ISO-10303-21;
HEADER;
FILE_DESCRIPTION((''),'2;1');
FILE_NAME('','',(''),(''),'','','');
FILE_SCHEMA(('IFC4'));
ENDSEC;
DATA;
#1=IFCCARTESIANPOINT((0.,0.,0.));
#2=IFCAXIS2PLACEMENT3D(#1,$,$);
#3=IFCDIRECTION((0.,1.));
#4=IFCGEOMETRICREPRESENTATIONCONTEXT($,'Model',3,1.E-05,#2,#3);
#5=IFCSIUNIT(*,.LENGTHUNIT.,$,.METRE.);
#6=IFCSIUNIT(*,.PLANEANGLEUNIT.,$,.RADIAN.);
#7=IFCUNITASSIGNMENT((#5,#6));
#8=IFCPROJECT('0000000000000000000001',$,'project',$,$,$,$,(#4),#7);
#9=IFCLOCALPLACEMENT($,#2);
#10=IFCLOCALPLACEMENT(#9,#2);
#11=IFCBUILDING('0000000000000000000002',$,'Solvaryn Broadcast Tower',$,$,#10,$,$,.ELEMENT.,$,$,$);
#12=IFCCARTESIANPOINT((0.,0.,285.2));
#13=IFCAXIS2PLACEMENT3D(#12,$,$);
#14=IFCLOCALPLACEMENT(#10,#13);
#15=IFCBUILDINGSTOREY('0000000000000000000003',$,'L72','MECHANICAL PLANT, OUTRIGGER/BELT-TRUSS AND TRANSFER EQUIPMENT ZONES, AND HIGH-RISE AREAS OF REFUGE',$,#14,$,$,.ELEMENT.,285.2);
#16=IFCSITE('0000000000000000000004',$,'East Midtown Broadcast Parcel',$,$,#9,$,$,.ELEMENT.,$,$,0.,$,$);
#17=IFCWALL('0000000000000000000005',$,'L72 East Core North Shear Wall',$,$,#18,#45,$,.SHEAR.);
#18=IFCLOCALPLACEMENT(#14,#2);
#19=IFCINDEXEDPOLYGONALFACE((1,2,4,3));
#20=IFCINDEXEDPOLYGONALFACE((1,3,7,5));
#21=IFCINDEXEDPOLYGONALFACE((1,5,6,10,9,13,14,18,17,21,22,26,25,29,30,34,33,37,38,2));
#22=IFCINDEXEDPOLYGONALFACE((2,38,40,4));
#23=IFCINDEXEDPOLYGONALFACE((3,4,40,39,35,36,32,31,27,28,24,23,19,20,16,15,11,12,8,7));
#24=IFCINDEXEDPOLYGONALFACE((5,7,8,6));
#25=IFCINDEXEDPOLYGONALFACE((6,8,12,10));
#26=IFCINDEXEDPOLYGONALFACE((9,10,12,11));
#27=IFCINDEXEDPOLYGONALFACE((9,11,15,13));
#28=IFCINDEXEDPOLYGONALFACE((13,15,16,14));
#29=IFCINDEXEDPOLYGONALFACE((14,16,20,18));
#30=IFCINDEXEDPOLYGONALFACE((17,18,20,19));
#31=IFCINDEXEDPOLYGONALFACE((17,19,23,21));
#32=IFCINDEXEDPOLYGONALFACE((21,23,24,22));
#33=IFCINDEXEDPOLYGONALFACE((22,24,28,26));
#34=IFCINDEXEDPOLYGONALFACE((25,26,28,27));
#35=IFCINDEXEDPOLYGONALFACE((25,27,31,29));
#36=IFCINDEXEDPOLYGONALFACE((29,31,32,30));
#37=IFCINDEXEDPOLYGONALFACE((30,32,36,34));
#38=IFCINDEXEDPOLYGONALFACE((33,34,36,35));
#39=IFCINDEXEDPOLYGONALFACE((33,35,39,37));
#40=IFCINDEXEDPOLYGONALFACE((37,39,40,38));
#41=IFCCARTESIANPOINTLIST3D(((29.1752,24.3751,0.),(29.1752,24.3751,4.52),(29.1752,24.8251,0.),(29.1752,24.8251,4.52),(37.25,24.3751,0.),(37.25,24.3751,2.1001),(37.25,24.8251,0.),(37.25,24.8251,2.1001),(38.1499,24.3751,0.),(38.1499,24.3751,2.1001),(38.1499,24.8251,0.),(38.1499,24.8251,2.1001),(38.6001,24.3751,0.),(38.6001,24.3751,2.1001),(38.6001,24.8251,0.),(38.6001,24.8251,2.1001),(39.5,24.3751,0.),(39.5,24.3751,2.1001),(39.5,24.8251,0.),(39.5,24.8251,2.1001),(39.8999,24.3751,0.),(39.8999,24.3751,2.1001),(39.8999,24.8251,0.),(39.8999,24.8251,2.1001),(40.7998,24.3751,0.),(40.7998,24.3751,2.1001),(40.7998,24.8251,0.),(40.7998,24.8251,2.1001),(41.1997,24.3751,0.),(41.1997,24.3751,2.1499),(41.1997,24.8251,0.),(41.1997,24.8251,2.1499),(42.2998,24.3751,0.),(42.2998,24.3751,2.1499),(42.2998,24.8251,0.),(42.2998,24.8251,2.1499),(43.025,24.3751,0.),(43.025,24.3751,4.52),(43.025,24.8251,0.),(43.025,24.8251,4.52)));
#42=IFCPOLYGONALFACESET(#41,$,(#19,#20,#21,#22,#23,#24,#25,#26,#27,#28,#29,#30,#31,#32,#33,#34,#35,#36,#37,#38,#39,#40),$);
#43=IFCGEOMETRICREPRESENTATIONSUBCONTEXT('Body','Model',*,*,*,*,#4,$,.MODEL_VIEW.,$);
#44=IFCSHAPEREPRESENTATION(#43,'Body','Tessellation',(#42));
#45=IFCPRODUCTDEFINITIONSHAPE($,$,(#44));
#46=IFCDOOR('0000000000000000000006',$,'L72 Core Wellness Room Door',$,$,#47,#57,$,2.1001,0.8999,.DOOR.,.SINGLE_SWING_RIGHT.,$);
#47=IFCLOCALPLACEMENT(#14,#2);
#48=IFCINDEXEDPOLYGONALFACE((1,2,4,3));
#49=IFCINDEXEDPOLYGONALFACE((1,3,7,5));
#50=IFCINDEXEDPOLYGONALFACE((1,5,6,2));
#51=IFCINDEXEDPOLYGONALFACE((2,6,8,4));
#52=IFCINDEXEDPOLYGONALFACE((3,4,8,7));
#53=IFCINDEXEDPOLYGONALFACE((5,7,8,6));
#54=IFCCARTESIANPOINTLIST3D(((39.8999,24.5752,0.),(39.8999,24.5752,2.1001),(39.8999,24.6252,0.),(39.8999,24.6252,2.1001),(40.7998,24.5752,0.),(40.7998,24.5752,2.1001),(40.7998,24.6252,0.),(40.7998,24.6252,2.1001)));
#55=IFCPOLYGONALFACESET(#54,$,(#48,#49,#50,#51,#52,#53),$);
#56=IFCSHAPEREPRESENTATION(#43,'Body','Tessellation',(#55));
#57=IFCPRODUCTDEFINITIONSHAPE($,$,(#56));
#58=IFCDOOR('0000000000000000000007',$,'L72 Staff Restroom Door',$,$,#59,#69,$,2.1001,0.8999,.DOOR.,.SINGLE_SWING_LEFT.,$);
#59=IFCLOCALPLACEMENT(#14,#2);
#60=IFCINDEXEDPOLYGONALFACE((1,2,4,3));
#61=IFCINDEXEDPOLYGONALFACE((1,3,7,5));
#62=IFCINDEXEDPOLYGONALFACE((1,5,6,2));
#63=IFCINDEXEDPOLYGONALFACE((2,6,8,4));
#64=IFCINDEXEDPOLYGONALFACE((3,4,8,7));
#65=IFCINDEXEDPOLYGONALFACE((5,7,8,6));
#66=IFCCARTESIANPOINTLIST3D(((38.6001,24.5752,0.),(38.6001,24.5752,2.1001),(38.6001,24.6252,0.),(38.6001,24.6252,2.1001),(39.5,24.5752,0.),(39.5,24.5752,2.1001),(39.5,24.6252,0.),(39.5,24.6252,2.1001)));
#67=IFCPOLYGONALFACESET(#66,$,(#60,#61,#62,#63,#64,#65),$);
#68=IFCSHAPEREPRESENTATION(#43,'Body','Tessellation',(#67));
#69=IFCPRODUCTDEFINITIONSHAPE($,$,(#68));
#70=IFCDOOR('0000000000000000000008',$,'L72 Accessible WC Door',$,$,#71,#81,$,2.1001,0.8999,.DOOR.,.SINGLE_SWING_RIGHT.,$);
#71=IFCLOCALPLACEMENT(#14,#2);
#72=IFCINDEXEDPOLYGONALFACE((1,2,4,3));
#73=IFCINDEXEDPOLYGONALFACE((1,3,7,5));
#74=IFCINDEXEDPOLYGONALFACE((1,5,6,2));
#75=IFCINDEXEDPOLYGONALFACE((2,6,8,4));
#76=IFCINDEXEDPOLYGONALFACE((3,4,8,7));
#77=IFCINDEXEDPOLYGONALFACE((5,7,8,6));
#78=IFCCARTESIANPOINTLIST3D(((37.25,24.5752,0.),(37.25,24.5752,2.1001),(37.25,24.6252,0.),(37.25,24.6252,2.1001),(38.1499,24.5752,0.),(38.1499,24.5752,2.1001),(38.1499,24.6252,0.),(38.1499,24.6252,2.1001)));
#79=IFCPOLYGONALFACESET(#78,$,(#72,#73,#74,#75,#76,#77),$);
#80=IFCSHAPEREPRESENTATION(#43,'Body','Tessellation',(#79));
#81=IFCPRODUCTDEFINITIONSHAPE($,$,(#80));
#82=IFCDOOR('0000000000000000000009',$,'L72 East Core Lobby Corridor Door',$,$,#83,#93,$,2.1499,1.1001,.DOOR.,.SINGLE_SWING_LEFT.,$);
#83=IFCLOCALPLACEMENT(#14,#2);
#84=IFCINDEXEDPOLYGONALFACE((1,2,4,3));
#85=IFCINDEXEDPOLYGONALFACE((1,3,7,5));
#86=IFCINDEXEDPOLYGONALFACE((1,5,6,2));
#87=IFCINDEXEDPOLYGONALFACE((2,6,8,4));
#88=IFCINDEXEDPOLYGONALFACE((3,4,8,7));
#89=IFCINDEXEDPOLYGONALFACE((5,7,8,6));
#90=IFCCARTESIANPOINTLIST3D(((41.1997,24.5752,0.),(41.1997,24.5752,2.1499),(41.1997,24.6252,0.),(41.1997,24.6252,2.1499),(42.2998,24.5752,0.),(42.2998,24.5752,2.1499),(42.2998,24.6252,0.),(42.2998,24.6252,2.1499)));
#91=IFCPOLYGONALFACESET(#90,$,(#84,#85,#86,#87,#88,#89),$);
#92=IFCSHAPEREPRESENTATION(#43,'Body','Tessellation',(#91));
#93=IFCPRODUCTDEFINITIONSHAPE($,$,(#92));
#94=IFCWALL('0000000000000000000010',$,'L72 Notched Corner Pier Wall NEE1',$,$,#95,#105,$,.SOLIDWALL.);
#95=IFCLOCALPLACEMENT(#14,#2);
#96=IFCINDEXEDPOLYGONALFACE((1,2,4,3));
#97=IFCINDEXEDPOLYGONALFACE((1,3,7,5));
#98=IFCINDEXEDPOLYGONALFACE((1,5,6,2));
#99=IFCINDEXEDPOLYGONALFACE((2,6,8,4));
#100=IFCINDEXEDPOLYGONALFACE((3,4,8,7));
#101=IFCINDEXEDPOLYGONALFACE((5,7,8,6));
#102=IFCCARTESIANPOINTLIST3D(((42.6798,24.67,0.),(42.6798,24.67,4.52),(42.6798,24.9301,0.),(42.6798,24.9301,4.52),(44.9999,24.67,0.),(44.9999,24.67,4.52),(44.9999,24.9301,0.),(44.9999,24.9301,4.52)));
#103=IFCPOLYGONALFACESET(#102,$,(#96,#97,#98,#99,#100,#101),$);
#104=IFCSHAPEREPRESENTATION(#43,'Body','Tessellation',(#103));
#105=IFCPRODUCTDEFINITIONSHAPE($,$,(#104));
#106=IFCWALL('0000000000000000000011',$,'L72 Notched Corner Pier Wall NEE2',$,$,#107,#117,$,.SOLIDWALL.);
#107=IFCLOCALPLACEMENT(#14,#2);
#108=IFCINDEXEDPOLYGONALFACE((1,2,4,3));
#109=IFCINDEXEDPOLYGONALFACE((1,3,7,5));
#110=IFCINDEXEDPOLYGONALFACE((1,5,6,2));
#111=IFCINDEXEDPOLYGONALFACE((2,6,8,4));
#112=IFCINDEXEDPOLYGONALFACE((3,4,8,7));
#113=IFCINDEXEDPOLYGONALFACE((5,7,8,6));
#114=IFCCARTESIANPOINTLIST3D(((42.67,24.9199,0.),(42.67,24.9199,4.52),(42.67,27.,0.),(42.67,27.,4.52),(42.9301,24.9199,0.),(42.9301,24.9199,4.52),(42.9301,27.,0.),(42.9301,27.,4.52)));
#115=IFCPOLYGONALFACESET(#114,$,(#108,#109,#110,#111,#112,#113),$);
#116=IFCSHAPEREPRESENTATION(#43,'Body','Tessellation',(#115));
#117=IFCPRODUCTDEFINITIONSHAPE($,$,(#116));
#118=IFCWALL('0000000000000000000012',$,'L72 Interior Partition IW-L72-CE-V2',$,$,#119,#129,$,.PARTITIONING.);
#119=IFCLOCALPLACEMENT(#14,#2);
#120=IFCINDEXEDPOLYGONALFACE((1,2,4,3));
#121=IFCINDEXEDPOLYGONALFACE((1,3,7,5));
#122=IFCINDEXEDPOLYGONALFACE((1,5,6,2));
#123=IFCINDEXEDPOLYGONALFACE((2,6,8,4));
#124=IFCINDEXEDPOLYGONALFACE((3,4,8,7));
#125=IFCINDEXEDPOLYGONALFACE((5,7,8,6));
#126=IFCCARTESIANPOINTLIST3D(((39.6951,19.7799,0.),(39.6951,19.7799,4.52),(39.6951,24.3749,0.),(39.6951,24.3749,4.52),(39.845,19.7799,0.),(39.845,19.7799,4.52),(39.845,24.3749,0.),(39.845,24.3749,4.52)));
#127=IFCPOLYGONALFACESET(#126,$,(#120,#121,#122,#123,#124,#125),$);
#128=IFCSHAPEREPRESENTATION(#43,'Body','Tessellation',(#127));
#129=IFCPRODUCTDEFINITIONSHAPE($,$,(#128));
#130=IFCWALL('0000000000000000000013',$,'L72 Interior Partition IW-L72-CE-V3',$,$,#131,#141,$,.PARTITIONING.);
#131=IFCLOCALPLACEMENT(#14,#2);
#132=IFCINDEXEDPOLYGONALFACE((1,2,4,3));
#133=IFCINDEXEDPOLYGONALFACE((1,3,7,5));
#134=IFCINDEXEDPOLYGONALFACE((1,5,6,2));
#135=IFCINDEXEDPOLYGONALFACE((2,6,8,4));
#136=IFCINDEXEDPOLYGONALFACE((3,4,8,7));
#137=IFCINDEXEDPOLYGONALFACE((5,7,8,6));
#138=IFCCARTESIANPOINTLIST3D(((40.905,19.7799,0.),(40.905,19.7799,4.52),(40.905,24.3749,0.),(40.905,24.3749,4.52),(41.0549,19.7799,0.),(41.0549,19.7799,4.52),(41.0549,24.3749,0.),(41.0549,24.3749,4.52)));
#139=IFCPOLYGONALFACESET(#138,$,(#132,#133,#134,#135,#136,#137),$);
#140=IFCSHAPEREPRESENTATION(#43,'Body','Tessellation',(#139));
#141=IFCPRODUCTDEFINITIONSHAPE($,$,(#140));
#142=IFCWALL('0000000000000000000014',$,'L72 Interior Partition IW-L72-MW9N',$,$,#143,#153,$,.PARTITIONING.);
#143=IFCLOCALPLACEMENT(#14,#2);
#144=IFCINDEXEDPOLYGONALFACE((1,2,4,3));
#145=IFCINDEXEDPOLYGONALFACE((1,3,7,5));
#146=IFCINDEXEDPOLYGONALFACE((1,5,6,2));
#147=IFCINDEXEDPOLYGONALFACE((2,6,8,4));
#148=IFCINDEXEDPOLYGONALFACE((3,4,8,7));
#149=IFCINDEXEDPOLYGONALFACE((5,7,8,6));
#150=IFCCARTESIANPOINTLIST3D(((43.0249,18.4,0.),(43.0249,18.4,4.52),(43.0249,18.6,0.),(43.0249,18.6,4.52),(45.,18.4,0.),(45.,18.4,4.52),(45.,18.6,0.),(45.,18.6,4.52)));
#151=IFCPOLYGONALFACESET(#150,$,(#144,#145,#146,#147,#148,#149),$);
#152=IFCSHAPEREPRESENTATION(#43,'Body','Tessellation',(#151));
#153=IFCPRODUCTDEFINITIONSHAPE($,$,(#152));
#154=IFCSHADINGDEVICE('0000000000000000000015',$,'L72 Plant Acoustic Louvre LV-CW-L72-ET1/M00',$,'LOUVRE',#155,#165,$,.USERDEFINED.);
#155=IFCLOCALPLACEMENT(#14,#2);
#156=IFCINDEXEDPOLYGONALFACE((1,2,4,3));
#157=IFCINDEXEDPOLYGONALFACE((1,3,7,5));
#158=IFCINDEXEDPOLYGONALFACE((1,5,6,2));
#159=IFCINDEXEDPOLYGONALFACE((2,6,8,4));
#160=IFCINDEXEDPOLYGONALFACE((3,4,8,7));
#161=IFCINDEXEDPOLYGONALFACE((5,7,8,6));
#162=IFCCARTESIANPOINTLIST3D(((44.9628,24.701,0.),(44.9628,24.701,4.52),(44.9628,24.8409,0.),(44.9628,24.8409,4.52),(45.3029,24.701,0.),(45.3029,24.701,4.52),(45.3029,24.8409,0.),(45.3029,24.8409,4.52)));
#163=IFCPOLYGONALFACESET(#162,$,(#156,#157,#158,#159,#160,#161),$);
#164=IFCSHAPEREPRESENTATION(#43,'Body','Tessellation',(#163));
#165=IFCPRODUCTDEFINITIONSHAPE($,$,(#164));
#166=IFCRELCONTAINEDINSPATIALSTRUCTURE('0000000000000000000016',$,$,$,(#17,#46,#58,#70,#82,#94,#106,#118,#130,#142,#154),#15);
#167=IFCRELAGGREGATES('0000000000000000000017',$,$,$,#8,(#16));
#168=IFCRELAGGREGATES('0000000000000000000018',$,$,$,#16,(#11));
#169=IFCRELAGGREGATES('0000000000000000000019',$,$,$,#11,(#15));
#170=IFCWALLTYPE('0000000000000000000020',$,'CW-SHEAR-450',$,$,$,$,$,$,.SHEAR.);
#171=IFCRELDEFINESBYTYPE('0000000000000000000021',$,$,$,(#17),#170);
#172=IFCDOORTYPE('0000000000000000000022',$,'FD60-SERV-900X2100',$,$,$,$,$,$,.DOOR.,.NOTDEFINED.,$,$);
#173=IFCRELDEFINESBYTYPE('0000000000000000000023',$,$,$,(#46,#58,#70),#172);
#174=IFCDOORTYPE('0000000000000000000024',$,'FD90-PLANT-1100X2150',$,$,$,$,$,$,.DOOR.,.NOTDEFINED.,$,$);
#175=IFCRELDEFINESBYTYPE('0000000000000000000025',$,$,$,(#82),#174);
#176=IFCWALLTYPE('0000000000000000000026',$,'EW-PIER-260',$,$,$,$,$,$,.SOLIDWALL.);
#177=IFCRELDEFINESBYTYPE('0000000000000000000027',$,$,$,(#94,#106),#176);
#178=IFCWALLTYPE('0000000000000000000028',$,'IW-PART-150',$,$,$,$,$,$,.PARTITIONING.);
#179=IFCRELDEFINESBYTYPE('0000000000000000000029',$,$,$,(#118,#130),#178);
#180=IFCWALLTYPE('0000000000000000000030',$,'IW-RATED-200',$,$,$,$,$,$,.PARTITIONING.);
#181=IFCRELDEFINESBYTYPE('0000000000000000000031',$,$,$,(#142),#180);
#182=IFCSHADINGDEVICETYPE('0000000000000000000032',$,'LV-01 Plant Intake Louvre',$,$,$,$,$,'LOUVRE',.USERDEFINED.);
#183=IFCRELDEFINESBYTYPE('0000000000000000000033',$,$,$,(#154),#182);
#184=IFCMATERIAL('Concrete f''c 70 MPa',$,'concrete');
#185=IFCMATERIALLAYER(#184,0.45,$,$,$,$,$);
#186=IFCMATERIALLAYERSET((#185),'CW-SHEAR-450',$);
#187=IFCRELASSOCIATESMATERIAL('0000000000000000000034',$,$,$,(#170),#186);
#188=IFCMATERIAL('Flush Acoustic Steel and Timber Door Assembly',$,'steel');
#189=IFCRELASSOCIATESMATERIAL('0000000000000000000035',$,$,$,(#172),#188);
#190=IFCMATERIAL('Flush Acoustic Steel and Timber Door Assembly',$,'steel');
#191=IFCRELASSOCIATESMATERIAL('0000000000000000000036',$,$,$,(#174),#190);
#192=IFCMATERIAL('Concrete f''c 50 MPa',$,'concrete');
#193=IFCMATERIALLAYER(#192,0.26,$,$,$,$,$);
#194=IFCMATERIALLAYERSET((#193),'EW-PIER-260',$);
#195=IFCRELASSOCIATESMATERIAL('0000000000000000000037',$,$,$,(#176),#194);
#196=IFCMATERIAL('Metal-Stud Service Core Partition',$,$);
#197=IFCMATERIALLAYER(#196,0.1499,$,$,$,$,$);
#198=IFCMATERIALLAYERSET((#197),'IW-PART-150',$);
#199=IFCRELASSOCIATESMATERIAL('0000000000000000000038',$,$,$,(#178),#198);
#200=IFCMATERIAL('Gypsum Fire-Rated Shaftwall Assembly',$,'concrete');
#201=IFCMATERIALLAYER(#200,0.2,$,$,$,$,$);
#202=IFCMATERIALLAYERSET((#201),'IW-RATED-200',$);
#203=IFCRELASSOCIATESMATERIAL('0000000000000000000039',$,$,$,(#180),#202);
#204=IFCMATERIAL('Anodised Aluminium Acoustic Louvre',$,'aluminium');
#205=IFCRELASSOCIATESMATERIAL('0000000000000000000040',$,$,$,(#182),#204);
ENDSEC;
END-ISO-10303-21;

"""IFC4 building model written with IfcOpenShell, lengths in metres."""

from ifc_helpers import new_model, si_unit, direction, frame, frame_2d, origin, origin_2d, place, context, subcontext, project, spatial, rectangle, extrude, material, layer, layer_set, type_object, element, fill, save


model = new_model("IFC4")

# Units and contexts
model_context = context("Model", 3, precision=1e-05, world=origin(), true_north=direction((0.0, 1.0)))
body_context = subcontext(model_context, "Body", "Model", "MODEL_VIEW")
ifc_project = project(units=[si_unit("LENGTHUNIT", "METRE"), si_unit("PLANEANGLEUNIT", "RADIAN")], contexts=[model_context])

# Site, building, storey
site_placement = place(None, origin())
site = spatial("IfcSite", under=ifc_project, at=site_placement, Name="East Midtown Broadcast Parcel", CompositionType="ELEMENT", RefElevation=0.0)
building_placement = place(site_placement, origin())
building = spatial("IfcBuilding", under=site, at=building_placement, Name="Solvaryn Broadcast Tower", CompositionType="ELEMENT")
storey_placement = place(building_placement, frame((0.0, 0.0, 285.2)))
storey = spatial("IfcBuildingStorey", under=building, at=storey_placement, Name="L72", Description="MECHANICAL PLANT, OUTRIGGER/BELT-TRUSS AND TRANSFER EQUIPMENT ZONES, AND HIGH-RISE AREAS OF REFUGE", CompositionType="ELEMENT", Elevation=285.2)

# Wall, openings, doors
ifc_material_1 = material(Name="Concrete f'c 70 MPa", Category="concrete")
ifc_layer_1 = layer(ifc_material_1, 0.45)
ifc_layer_set_1 = layer_set([ifc_layer_1], Name="CW-SHEAR-450")
wall_type_1 = type_object("IfcWallType", Name="CW-SHEAR-450", PredefinedType="SHEAR", material=ifc_layer_set_1)
wall_1_placement = place(storey_placement, frame((43.0249, 24.6001, 0.0), z_axis=(0.0, 0.0, 1.0), x_axis=(-1.0, 0.0, 0.0)))
wall_1 = element("IfcWall", 1, at=wall_1_placement, inside=storey, type_object=wall_type_1, Name="L72 East Core North Shear Wall", PredefinedType="SHEAR", context=body_context, shape_type="SweptSolid", body=[
    extrude(rectangle(XDim=13.8499, YDim=0.45, at=frame_2d((6.9248, 0.0))), origin(), (0.0, 0.0, 1.0), 4.52),
])
opening_1_placement = place(wall_1_placement, frame((0.7251, 0.0, 0.0)))
opening_1 = element("IfcOpeningElement", 2, at=opening_1_placement, cuts=wall_1, PredefinedType="OPENING", context=body_context, shape_type="SweptSolid", body=[
    extrude(rectangle(XDim=1.1001, YDim=2.1499, at=frame_2d((0.55, 1.075))), frame((0.0, 0.2351, 0.0), z_axis=(0.0, -1.0, 0.0), x_axis=(1.0, 0.0, 0.0)), (0.0, 0.0, 1.0), 0.47),
])
opening_2_placement = place(wall_1_placement, frame((2.2251, 0.0, 0.0)))
opening_2 = element("IfcOpeningElement", 3, at=opening_2_placement, cuts=wall_1, PredefinedType="OPENING", context=body_context, shape_type="SweptSolid", body=[
    extrude(rectangle(XDim=0.8999, YDim=2.1001, at=frame_2d((0.45, 1.05))), frame((0.0, 0.2351, 0.0), z_axis=(0.0, -1.0, 0.0), x_axis=(1.0, 0.0, 0.0)), (0.0, 0.0, 1.0), 0.47),
])
opening_3_placement = place(wall_1_placement, frame((3.5249, 0.0, 0.0)))
opening_3 = element("IfcOpeningElement", 4, at=opening_3_placement, cuts=wall_1, PredefinedType="OPENING", context=body_context, shape_type="SweptSolid", body=[
    extrude(rectangle(XDim=0.8999, YDim=2.1001, at=frame_2d((0.45, 1.05))), frame((0.0, 0.2351, 0.0), z_axis=(0.0, -1.0, 0.0), x_axis=(1.0, 0.0, 0.0)), (0.0, 0.0, 1.0), 0.47),
])
opening_4_placement = place(wall_1_placement, frame((4.875, 0.0, 0.0)))
opening_4 = element("IfcOpeningElement", 5, at=opening_4_placement, cuts=wall_1, PredefinedType="OPENING", context=body_context, shape_type="SweptSolid", body=[
    extrude(rectangle(XDim=0.8999, YDim=2.1001, at=frame_2d((0.45, 1.05))), frame((0.0, 0.2351, 0.0), z_axis=(0.0, -1.0, 0.0), x_axis=(1.0, 0.0, 0.0)), (0.0, 0.0, 1.0), 0.47),
])
ifc_material_2 = material(Name="Flush Acoustic Steel and Timber Door Assembly", Category="steel")
door_type_1 = type_object("IfcDoorType", Name="FD60-SERV-900X2100", OperationType="NOTDEFINED", PredefinedType="DOOR", material=ifc_material_2)
door_1_placement = place(opening_2_placement, origin())
door_1 = element("IfcDoor", 6, at=door_1_placement, inside=storey, type_object=door_type_1, Name="L72 Core Wellness Room Door", OperationType="SINGLE_SWING_RIGHT", OverallHeight=2.1001, OverallWidth=0.8999, PredefinedType="DOOR", context=body_context, shape_type="SweptSolid", body=[
    extrude(rectangle(XDim=0.8999, YDim=2.1001, at=frame_2d((0.45, 1.05))), frame((0.0, 0.0249, 0.0), z_axis=(0.0, -1.0, 0.0), x_axis=(1.0, 0.0, 0.0)), (0.0, 0.0, 1.0), 0.05),
])
fill(opening_2, door_1)
door_2_placement = place(opening_3_placement, origin())
door_2 = element("IfcDoor", 7, at=door_2_placement, inside=storey, type_object=door_type_1, Name="L72 Staff Restroom Door", OperationType="SINGLE_SWING_LEFT", OverallHeight=2.1001, OverallWidth=0.8999, PredefinedType="DOOR", context=body_context, shape_type="SweptSolid", body=[
    extrude(rectangle(XDim=0.8999, YDim=2.1001, at=frame_2d((0.45, 1.05))), frame((0.0, 0.0249, 0.0), z_axis=(0.0, -1.0, 0.0), x_axis=(1.0, 0.0, 0.0)), (0.0, 0.0, 1.0), 0.05),
])
fill(opening_3, door_2)
door_3_placement = place(opening_4_placement, origin())
door_3 = element("IfcDoor", 8, at=door_3_placement, inside=storey, type_object=door_type_1, Name="L72 Accessible WC Door", OperationType="SINGLE_SWING_RIGHT", OverallHeight=2.1001, OverallWidth=0.8999, PredefinedType="DOOR", context=body_context, shape_type="SweptSolid", body=[
    extrude(rectangle(XDim=0.8999, YDim=2.1001, at=frame_2d((0.45, 1.05))), frame((0.0, 0.0249, 0.0), z_axis=(0.0, -1.0, 0.0), x_axis=(1.0, 0.0, 0.0)), (0.0, 0.0, 1.0), 0.05),
])
fill(opening_4, door_3)
ifc_material_3 = material(Name="Flush Acoustic Steel and Timber Door Assembly", Category="steel")
door_type_2 = type_object("IfcDoorType", Name="FD90-PLANT-1100X2150", OperationType="NOTDEFINED", PredefinedType="DOOR", material=ifc_material_3)
door_4_placement = place(opening_1_placement, origin())
door_4 = element("IfcDoor", 9, at=door_4_placement, inside=storey, type_object=door_type_2, Name="L72 East Core Lobby Corridor Door", OperationType="SINGLE_SWING_LEFT", OverallHeight=2.1499, OverallWidth=1.1001, PredefinedType="DOOR", context=body_context, shape_type="SweptSolid", body=[
    extrude(rectangle(XDim=1.1001, YDim=2.1499, at=frame_2d((0.55, 1.075))), frame((0.0, 0.0249, 0.0), z_axis=(0.0, -1.0, 0.0), x_axis=(1.0, 0.0, 0.0)), (0.0, 0.0, 1.0), 0.05),
])
fill(opening_1, door_4)

# Walls
ifc_material_4 = material(Name="Concrete f'c 50 MPa", Category="concrete")
ifc_layer_2 = layer(ifc_material_4, 0.26)
ifc_layer_set_2 = layer_set([ifc_layer_2], Name="EW-PIER-260")
wall_type_2 = type_object("IfcWallType", Name="EW-PIER-260", PredefinedType="SOLIDWALL", material=ifc_layer_set_2)
wall_2_placement = place(storey_placement, frame((45.0, 24.8, 0.0), z_axis=(0.0, 0.0, 1.0), x_axis=(-1.0, 0.0, 0.0)))
element("IfcWall", 10, at=wall_2_placement, inside=storey, type_object=wall_type_2, Name="L72 Notched Corner Pier Wall NEE1", PredefinedType="SOLIDWALL", context=body_context, shape_type="SweptSolid", body=[
    extrude(rectangle(XDim=2.3201, YDim=0.26, at=frame_2d((1.1602, 0.0))), origin(), (0.0, 0.0, 1.0), 4.52),
])
wall_3_placement = place(storey_placement, frame((42.8, 24.9199, 0.0), z_axis=(0.0, 0.0, 1.0), x_axis=(0.0, 1.0, 0.0)))
element("IfcWall", 11, at=wall_3_placement, inside=storey, type_object=wall_type_2, Name="L72 Notched Corner Pier Wall NEE2", PredefinedType="SOLIDWALL", context=body_context, shape_type="SweptSolid", body=[
    extrude(rectangle(XDim=2.0801, YDim=0.26, at=frame_2d((1.04, 0.0))), origin(), (0.0, 0.0, 1.0), 4.52),
])
ifc_material_5 = material(Name="Metal-Stud Service Core Partition")
ifc_layer_3 = layer(ifc_material_5, 0.1499)
ifc_layer_set_3 = layer_set([ifc_layer_3], Name="IW-PART-150")
wall_type_3 = type_object("IfcWallType", Name="IW-PART-150", PredefinedType="PARTITIONING", material=ifc_layer_set_3)
for number, where, z_axis, x_axis, name in (
    (12, (39.77, 19.78, 0.0), (0.0, 0.0, 1.0), (0.0, 1.0, 0.0), "L72 Interior Partition IW-L72-CE-V2"),
    (13, (40.98, 19.78, 0.0), (0.0, 0.0, 1.0), (0.0, 1.0, 0.0), "L72 Interior Partition IW-L72-CE-V3"),
):
    element("IfcWall", number, at=place(storey_placement, frame(where, z_axis=z_axis, x_axis=x_axis)), inside=storey, type_object=wall_type_3, Name=name, PredefinedType="PARTITIONING", context=body_context, shape_type="SweptSolid", body=[
        extrude(rectangle(XDim=4.595, YDim=0.1499, at=frame_2d((2.2974, 0.0))), origin(), (0.0, 0.0, 1.0), 4.52),
    ])
ifc_material_6 = material(Name="Gypsum Fire-Rated Shaftwall Assembly", Category="concrete")
ifc_layer_4 = layer(ifc_material_6, 0.2)
ifc_layer_set_4 = layer_set([ifc_layer_4], Name="IW-RATED-200")
wall_type_4 = type_object("IfcWallType", Name="IW-RATED-200", PredefinedType="PARTITIONING", material=ifc_layer_set_4)
wall_4_placement = place(storey_placement, frame((43.0249, 18.5, 0.0), z_axis=(0.0, 0.0, 1.0), x_axis=(1.0, 0.0, 0.0)))
element("IfcWall", 14, at=wall_4_placement, inside=storey, type_object=wall_type_4, Name="L72 Interior Partition IW-L72-MW9N", PredefinedType="PARTITIONING", context=body_context, shape_type="SweptSolid", body=[
    extrude(rectangle(XDim=1.9751, YDim=0.2, at=frame_2d((0.9875, 0.0))), origin(), (0.0, 0.0, 1.0), 4.52),
])

# Shading device
ifc_material_7 = material(Name="Anodised Aluminium Acoustic Louvre", Category="aluminium")
shading_device_type = type_object("IfcShadingDeviceType", Name="LV-01 Plant Intake Louvre", ElementType="LOUVRE", PredefinedType="USERDEFINED", material=ifc_material_7)
for number, where, z_axis, x_axis, name in (
    (15, (45.1328, 24.771, 0.0), (0.0, 0.0, 1.0), (1.0, 0.0, 0.0), "L72 Plant Acoustic Louvre LV-CW-L72-ET1/M00"),
):
    element("IfcShadingDevice", number, at=place(storey_placement, frame(where, z_axis=z_axis, x_axis=x_axis)), inside=storey, type_object=shading_device_type, Name=name, ObjectType="LOUVRE", PredefinedType="USERDEFINED", context=body_context, shape_type="SweptSolid", body=[
        extrude(rectangle(XDim=0.3401, YDim=0.1399, at=origin_2d()), origin(), (0.0, 0.0, 1.0), 4.52),
    ])

save(model, "model.ifc")
